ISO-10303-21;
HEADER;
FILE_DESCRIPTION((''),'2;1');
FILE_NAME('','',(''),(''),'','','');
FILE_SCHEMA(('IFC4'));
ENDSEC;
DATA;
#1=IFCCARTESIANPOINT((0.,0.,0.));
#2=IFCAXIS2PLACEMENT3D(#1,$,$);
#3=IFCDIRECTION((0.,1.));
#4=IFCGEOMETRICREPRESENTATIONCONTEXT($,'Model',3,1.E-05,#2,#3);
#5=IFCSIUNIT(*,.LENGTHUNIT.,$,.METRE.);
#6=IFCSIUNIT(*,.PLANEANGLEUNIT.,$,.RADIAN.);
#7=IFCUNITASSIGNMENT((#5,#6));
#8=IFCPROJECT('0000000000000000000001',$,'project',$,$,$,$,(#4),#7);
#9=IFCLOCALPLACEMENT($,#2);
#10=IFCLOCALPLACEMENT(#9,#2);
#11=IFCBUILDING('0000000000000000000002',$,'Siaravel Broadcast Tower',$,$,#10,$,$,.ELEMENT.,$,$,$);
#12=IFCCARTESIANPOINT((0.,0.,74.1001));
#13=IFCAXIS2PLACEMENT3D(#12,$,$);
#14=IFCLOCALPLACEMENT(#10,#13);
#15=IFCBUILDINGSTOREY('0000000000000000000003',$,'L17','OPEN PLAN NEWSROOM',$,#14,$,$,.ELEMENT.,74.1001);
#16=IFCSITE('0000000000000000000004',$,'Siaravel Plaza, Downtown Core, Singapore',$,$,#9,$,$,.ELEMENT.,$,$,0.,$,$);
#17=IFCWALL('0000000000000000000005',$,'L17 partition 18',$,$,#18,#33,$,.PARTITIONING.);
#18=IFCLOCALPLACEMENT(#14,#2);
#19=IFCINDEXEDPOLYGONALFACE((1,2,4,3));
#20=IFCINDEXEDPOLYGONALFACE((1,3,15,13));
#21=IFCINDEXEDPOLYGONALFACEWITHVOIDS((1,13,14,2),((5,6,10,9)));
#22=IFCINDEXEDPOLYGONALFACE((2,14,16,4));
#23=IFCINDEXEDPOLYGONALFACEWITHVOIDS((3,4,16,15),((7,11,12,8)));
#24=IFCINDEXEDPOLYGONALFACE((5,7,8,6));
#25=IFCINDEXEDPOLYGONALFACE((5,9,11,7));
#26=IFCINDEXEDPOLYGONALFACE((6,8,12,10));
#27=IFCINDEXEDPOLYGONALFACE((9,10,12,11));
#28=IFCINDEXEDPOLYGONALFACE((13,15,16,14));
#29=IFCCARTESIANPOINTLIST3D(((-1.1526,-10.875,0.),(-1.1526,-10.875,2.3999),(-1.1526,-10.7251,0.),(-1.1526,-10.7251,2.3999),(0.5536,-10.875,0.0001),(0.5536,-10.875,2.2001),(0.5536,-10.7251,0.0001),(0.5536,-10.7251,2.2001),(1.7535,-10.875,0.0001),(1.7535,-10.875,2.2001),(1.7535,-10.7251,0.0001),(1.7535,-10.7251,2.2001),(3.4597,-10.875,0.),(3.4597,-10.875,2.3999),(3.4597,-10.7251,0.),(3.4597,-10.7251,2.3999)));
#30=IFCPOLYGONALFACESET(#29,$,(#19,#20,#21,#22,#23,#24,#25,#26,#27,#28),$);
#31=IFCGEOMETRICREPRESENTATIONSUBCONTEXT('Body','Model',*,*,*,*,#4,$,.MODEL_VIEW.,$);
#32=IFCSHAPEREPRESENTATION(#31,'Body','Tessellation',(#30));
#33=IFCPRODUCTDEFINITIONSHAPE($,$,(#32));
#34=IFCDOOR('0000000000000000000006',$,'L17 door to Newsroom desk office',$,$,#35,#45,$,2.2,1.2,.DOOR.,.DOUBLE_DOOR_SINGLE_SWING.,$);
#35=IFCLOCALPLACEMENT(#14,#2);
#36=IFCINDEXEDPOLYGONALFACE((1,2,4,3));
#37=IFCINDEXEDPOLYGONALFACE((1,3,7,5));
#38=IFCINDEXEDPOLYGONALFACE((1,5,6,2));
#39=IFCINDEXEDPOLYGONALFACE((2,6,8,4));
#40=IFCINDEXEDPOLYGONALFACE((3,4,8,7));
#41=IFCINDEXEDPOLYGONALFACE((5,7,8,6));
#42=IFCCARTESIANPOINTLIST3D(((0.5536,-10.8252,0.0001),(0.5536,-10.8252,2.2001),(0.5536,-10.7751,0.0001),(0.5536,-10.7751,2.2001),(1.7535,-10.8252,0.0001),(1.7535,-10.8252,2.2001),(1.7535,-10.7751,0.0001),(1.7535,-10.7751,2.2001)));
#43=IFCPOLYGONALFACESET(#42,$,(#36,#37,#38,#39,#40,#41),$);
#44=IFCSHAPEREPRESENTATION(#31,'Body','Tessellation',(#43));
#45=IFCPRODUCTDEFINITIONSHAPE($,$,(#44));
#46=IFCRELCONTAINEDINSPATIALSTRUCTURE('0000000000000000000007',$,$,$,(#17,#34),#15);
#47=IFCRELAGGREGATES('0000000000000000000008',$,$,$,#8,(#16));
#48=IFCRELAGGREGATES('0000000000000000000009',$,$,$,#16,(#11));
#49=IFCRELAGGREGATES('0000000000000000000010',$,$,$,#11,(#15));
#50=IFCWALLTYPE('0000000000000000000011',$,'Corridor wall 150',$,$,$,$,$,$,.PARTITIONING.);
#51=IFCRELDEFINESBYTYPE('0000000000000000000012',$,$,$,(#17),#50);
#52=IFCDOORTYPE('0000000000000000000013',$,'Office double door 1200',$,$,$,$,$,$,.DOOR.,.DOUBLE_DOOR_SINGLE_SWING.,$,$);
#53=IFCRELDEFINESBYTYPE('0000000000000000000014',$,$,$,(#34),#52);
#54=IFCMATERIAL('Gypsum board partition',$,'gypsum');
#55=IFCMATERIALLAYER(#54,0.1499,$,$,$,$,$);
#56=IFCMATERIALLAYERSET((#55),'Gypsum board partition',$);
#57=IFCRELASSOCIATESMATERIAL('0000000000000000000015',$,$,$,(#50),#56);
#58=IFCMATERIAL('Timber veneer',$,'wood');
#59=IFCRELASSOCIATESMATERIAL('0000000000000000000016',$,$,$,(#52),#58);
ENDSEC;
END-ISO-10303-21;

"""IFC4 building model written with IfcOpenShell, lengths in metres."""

from ifc_helpers import new_model, si_unit, direction, frame, frame_2d, origin, place, context, subcontext, project, spatial, rectangle, extrude, material, layer, layer_set, type_object, element, fill, save


model = new_model("IFC4")

# Units and contexts
model_context = context("Model", 3, precision=1e-05, world=origin(), true_north=direction((0.0, 1.0)))
body_context = subcontext(model_context, "Body", "Model", "MODEL_VIEW")
ifc_project = project(units=[si_unit("LENGTHUNIT", "METRE"), si_unit("PLANEANGLEUNIT", "RADIAN")], contexts=[model_context])

# Site, building, storey
site_placement = place(None, origin())
site = spatial("IfcSite", under=ifc_project, at=site_placement, Name="Siaravel Plaza, Downtown Core, Singapore", CompositionType="ELEMENT", RefElevation=0.0)
building_placement = place(site_placement, origin())
building = spatial("IfcBuilding", under=site, at=building_placement, Name="Siaravel Broadcast Tower", CompositionType="ELEMENT")
storey_placement = place(building_placement, frame((0.0, 0.0, 74.1001)))
storey = spatial("IfcBuildingStorey", under=building, at=storey_placement, Name="L17", Description="OPEN PLAN NEWSROOM", CompositionType="ELEMENT", Elevation=74.1001)

# Wall, opening, door
ifc_material_1 = material(Name="Gypsum board partition", Category="gypsum")
ifc_layer_1 = layer(ifc_material_1, 0.1499)
ifc_layer_set_1 = layer_set([ifc_layer_1], Name="Gypsum board partition")
wall_type_1 = type_object("IfcWallType", Name="Corridor wall 150", PredefinedType="PARTITIONING", material=ifc_layer_set_1)
wall_1_placement = place(storey_placement, frame((-1.1526, -10.8, 0.0), z_axis=(0.0, 0.0, 1.0), x_axis=(1.0, 0.0, 0.0)))
wall_1 = element("IfcWall", 1, at=wall_1_placement, inside=storey, type_object=wall_type_1, Name="L17 partition 18", PredefinedType="PARTITIONING", context=body_context, shape_type="SweptSolid", body=[
    extrude(rectangle(XDim=4.6123, YDim=0.1499, at=frame_2d((2.3062, 0.0))), origin(), (0.0, 0.0, 1.0), 2.3999),
])
opening_1_placement = place(wall_1_placement, frame((1.7061, 0.0, 0.0)))
opening_1 = element("IfcOpeningElement", 2, at=opening_1_placement, cuts=wall_1, PredefinedType="OPENING", context=body_context, shape_type="SweptSolid", body=[
    extrude(rectangle(XDim=1.2, YDim=2.2, at=frame_2d((0.6001, 1.1001))), frame((0.0, 0.085, 0.0), z_axis=(0.0, -1.0, 0.0), x_axis=(1.0, 0.0, 0.0)), (0.0, 0.0, 1.0), 0.1699),
])
ifc_material_2 = material(Name="Timber veneer", Category="wood")
door_type_1 = type_object("IfcDoorType", Name="Office double door 1200", OperationType="DOUBLE_DOOR_SINGLE_SWING", PredefinedType="DOOR", material=ifc_material_2)
door_1_placement = place(opening_1_placement, origin())
door_1 = element("IfcDoor", 3, at=door_1_placement, inside=storey, type_object=door_type_1, Name="L17 door to Newsroom desk office", OperationType="DOUBLE_DOOR_SINGLE_SWING", OverallHeight=2.2, OverallWidth=1.2, PredefinedType="DOOR", context=body_context, shape_type="SweptSolid", body=[
    extrude(rectangle(XDim=1.2, YDim=2.2, at=frame_2d((0.6001, 1.1001))), frame((0.0, 0.0249, 0.0), z_axis=(0.0, -1.0, 0.0), x_axis=(1.0, 0.0, 0.0)), (0.0, 0.0, 1.0), 0.05),
])
fill(opening_1, door_1)

save(model, "model.ifc")
